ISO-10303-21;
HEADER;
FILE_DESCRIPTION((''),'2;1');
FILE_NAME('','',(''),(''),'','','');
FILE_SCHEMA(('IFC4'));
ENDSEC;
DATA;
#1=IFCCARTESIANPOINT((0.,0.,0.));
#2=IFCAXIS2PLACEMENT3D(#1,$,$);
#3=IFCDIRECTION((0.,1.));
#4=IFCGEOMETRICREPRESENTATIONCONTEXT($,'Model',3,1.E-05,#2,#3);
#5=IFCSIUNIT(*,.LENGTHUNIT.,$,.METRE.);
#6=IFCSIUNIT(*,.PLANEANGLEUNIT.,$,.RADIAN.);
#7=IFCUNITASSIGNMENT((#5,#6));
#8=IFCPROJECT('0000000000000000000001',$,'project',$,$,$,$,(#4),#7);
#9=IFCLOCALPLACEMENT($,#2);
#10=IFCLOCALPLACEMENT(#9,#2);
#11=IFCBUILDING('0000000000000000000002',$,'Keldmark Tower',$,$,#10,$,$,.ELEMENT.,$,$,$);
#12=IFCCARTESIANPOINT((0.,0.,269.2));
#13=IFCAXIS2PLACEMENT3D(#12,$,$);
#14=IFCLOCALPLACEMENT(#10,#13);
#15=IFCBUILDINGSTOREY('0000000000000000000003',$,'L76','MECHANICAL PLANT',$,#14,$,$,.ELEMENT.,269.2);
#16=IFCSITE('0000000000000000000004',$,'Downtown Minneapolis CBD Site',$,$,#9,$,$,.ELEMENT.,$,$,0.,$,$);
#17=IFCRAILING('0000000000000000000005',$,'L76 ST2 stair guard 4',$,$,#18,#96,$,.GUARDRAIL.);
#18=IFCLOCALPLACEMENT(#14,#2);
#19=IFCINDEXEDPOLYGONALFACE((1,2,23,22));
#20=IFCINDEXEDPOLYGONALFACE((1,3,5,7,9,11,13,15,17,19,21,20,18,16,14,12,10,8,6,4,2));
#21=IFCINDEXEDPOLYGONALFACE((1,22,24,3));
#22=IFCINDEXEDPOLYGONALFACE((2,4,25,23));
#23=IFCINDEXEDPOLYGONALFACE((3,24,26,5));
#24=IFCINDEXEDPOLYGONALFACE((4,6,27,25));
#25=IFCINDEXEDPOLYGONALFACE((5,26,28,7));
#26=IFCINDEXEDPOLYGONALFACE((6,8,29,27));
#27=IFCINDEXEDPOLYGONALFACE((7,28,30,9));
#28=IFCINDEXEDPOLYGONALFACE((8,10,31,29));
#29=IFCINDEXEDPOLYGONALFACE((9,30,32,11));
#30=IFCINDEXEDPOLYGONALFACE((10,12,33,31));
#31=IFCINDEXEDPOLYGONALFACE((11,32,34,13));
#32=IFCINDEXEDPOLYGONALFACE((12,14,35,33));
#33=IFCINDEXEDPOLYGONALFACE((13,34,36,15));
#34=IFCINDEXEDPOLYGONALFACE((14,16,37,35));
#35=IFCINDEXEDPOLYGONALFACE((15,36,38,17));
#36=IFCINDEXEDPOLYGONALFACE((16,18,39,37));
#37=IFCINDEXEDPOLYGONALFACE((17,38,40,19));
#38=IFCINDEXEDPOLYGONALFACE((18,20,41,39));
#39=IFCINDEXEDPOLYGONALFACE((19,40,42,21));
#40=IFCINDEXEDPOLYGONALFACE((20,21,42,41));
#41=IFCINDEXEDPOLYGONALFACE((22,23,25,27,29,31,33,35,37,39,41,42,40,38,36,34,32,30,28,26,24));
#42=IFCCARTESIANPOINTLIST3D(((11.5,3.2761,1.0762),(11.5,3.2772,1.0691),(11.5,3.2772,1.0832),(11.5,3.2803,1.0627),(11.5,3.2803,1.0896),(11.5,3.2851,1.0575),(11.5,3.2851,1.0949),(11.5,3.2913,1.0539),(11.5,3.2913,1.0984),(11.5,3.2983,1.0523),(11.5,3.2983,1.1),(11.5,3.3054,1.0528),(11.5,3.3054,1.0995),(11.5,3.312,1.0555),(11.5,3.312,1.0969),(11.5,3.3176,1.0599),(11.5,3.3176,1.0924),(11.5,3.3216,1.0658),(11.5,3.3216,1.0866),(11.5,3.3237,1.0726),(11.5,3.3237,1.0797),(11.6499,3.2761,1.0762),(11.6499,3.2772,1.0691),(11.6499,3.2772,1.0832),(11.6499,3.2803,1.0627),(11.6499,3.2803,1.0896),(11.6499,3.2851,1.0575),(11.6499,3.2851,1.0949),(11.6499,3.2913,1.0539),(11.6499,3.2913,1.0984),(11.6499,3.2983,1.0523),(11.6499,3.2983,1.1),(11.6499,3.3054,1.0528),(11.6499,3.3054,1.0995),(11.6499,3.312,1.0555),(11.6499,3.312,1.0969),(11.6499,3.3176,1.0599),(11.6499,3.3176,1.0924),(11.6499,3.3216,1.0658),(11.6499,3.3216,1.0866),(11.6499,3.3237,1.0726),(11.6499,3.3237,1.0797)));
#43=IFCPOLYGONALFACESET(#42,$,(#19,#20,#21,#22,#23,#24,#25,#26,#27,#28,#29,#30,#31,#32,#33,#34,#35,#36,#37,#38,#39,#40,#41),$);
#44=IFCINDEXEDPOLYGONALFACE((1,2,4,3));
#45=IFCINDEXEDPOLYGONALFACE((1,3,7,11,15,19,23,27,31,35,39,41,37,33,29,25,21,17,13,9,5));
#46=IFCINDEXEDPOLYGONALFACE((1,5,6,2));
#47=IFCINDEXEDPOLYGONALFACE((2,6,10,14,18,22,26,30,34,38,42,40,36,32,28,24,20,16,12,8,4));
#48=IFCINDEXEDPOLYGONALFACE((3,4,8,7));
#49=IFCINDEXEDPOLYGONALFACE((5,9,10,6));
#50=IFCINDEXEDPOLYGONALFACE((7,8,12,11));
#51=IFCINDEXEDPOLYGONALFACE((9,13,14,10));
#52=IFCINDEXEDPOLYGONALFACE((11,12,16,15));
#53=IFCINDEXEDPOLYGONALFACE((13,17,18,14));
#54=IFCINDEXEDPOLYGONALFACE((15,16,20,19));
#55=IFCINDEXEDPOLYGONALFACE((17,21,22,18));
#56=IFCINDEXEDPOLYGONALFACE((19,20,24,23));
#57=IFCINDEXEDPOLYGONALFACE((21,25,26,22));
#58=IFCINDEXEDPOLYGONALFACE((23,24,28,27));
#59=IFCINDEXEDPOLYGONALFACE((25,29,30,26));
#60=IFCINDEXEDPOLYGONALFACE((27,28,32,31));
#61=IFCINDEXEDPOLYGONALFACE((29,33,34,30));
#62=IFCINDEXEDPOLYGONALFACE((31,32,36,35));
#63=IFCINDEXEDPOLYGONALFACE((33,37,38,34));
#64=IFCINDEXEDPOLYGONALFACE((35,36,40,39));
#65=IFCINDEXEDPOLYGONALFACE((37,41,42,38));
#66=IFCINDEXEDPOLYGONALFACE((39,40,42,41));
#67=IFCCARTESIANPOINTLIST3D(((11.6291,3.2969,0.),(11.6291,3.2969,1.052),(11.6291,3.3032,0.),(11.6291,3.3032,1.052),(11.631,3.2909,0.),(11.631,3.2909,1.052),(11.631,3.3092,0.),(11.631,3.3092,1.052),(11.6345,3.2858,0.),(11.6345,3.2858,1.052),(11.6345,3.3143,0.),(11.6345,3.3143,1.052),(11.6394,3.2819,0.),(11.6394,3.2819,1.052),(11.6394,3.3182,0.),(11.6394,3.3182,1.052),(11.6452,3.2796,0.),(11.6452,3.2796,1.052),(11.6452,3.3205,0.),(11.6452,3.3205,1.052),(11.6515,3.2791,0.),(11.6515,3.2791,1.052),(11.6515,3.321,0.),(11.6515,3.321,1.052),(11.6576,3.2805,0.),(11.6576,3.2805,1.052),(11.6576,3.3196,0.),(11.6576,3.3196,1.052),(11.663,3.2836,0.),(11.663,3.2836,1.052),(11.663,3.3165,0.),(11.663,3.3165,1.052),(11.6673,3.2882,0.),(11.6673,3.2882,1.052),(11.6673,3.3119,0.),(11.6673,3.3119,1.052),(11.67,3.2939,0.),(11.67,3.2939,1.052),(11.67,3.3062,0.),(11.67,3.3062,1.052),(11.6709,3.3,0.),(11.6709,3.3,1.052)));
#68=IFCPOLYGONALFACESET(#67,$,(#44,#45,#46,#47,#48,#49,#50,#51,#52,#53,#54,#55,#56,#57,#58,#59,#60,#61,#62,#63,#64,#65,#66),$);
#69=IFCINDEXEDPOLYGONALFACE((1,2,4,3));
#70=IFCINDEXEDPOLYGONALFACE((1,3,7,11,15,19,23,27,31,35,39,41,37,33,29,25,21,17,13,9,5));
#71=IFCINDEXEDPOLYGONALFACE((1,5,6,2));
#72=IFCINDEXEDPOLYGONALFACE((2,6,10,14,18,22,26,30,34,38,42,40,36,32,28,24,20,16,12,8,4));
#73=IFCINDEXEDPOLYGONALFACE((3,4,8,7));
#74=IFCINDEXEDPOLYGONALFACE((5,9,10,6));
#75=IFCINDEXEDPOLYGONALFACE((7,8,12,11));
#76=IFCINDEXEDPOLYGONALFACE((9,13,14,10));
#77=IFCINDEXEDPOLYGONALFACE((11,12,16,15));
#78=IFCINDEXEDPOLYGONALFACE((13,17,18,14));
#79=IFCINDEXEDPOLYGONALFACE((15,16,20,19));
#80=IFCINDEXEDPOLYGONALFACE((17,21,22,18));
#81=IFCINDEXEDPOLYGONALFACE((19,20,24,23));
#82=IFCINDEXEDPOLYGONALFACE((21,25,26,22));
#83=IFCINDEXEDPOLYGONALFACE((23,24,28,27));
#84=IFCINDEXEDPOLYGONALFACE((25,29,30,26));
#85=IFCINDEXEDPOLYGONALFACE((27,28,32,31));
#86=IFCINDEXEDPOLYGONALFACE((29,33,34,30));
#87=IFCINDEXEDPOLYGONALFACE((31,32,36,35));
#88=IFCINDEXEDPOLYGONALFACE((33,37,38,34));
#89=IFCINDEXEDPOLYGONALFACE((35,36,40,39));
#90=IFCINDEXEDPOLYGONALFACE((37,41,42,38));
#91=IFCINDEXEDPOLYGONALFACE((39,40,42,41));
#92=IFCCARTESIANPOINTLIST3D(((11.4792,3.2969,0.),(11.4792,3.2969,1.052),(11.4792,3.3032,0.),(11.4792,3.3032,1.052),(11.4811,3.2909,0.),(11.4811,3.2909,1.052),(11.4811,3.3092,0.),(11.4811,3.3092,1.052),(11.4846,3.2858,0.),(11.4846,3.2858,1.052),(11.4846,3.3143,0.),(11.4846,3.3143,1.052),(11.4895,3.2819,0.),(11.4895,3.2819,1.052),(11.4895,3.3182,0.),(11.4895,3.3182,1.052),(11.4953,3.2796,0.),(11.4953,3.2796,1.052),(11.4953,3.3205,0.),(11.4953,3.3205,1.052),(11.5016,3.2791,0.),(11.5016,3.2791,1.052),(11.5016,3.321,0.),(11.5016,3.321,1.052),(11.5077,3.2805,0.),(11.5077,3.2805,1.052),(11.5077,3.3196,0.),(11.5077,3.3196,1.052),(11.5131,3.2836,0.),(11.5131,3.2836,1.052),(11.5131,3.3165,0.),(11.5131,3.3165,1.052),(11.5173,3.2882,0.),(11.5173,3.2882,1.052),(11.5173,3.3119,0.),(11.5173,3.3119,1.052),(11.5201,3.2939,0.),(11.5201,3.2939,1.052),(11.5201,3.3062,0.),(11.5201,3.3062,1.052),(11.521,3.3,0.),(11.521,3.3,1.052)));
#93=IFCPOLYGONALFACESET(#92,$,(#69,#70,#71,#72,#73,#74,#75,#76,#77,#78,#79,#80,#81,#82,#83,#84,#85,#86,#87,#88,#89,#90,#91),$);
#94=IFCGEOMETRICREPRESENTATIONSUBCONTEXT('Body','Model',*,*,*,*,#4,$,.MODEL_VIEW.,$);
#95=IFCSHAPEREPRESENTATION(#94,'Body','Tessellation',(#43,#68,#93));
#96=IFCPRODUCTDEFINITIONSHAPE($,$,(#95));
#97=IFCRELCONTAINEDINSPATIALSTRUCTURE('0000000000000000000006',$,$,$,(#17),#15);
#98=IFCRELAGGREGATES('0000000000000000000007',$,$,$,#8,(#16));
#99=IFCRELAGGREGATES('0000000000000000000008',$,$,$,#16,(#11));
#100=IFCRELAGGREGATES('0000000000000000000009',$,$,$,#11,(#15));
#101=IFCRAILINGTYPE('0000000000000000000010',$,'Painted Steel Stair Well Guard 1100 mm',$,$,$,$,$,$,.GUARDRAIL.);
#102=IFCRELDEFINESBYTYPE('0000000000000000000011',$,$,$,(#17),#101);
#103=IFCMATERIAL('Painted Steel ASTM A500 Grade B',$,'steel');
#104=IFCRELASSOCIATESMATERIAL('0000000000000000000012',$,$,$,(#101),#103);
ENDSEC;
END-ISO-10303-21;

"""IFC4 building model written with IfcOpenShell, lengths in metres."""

from ifc_helpers import new_model, si_unit, direction, frame, origin, origin_2d, place, context, subcontext, project, spatial, circle, extrude, material, type_object, element, save


model = new_model("IFC4")

# Units and contexts
model_context = context("Model", 3, precision=1e-05, world=origin(), true_north=direction((0.0, 1.0)))
body_context = subcontext(model_context, "Body", "Model", "MODEL_VIEW")
ifc_project = project(units=[si_unit("LENGTHUNIT", "METRE"), si_unit("PLANEANGLEUNIT", "RADIAN")], contexts=[model_context])

# Site, building, storey
site_placement = place(None, origin())
site = spatial("IfcSite", under=ifc_project, at=site_placement, Name="Downtown Minneapolis CBD Site", CompositionType="ELEMENT", RefElevation=0.0)
building_placement = place(site_placement, origin())
building = spatial("IfcBuilding", under=site, at=building_placement, Name="Keldmark Tower", CompositionType="ELEMENT")
storey_placement = place(building_placement, frame((0.0, 0.0, 269.2)))
storey = spatial("IfcBuildingStorey", under=building, at=storey_placement, Name="L76", Description="MECHANICAL PLANT", CompositionType="ELEMENT", Elevation=269.2)

# Railing
ifc_material_1 = material(Name="Painted Steel ASTM A500 Grade B", Category="steel")
railing_type_1 = type_object("IfcRailingType", Name="Painted Steel Stair Well Guard 1100 mm", PredefinedType="GUARDRAIL", material=ifc_material_1)
railing_1_placement = place(storey_placement, frame((11.6499, 3.3, 0.0)))
element("IfcRailing", 1, at=railing_1_placement, inside=storey, type_object=railing_type_1, Name="L76 ST2 stair guard 4", PredefinedType="GUARDRAIL", context=body_context, shape_type="SweptSolid", body=[
    extrude(circle(Radius=0.0239, at=origin_2d()), frame((0.0, 0.0, 1.0762), z_axis=(-1.0, 0.0, 0.0), x_axis=(0.0, -1.0, 0.0)), (0.0, 0.0, 1.0), 0.1499),
    extrude(circle(Radius=0.021, at=origin_2d()), origin(), (0.0, 0.0, 1.0), 1.052),
    extrude(circle(Radius=0.021, at=origin_2d()), frame((-0.1499, 0.0, 0.0)), (0.0, 0.0, 1.0), 1.052),
])

save(model, "model.ifc")
